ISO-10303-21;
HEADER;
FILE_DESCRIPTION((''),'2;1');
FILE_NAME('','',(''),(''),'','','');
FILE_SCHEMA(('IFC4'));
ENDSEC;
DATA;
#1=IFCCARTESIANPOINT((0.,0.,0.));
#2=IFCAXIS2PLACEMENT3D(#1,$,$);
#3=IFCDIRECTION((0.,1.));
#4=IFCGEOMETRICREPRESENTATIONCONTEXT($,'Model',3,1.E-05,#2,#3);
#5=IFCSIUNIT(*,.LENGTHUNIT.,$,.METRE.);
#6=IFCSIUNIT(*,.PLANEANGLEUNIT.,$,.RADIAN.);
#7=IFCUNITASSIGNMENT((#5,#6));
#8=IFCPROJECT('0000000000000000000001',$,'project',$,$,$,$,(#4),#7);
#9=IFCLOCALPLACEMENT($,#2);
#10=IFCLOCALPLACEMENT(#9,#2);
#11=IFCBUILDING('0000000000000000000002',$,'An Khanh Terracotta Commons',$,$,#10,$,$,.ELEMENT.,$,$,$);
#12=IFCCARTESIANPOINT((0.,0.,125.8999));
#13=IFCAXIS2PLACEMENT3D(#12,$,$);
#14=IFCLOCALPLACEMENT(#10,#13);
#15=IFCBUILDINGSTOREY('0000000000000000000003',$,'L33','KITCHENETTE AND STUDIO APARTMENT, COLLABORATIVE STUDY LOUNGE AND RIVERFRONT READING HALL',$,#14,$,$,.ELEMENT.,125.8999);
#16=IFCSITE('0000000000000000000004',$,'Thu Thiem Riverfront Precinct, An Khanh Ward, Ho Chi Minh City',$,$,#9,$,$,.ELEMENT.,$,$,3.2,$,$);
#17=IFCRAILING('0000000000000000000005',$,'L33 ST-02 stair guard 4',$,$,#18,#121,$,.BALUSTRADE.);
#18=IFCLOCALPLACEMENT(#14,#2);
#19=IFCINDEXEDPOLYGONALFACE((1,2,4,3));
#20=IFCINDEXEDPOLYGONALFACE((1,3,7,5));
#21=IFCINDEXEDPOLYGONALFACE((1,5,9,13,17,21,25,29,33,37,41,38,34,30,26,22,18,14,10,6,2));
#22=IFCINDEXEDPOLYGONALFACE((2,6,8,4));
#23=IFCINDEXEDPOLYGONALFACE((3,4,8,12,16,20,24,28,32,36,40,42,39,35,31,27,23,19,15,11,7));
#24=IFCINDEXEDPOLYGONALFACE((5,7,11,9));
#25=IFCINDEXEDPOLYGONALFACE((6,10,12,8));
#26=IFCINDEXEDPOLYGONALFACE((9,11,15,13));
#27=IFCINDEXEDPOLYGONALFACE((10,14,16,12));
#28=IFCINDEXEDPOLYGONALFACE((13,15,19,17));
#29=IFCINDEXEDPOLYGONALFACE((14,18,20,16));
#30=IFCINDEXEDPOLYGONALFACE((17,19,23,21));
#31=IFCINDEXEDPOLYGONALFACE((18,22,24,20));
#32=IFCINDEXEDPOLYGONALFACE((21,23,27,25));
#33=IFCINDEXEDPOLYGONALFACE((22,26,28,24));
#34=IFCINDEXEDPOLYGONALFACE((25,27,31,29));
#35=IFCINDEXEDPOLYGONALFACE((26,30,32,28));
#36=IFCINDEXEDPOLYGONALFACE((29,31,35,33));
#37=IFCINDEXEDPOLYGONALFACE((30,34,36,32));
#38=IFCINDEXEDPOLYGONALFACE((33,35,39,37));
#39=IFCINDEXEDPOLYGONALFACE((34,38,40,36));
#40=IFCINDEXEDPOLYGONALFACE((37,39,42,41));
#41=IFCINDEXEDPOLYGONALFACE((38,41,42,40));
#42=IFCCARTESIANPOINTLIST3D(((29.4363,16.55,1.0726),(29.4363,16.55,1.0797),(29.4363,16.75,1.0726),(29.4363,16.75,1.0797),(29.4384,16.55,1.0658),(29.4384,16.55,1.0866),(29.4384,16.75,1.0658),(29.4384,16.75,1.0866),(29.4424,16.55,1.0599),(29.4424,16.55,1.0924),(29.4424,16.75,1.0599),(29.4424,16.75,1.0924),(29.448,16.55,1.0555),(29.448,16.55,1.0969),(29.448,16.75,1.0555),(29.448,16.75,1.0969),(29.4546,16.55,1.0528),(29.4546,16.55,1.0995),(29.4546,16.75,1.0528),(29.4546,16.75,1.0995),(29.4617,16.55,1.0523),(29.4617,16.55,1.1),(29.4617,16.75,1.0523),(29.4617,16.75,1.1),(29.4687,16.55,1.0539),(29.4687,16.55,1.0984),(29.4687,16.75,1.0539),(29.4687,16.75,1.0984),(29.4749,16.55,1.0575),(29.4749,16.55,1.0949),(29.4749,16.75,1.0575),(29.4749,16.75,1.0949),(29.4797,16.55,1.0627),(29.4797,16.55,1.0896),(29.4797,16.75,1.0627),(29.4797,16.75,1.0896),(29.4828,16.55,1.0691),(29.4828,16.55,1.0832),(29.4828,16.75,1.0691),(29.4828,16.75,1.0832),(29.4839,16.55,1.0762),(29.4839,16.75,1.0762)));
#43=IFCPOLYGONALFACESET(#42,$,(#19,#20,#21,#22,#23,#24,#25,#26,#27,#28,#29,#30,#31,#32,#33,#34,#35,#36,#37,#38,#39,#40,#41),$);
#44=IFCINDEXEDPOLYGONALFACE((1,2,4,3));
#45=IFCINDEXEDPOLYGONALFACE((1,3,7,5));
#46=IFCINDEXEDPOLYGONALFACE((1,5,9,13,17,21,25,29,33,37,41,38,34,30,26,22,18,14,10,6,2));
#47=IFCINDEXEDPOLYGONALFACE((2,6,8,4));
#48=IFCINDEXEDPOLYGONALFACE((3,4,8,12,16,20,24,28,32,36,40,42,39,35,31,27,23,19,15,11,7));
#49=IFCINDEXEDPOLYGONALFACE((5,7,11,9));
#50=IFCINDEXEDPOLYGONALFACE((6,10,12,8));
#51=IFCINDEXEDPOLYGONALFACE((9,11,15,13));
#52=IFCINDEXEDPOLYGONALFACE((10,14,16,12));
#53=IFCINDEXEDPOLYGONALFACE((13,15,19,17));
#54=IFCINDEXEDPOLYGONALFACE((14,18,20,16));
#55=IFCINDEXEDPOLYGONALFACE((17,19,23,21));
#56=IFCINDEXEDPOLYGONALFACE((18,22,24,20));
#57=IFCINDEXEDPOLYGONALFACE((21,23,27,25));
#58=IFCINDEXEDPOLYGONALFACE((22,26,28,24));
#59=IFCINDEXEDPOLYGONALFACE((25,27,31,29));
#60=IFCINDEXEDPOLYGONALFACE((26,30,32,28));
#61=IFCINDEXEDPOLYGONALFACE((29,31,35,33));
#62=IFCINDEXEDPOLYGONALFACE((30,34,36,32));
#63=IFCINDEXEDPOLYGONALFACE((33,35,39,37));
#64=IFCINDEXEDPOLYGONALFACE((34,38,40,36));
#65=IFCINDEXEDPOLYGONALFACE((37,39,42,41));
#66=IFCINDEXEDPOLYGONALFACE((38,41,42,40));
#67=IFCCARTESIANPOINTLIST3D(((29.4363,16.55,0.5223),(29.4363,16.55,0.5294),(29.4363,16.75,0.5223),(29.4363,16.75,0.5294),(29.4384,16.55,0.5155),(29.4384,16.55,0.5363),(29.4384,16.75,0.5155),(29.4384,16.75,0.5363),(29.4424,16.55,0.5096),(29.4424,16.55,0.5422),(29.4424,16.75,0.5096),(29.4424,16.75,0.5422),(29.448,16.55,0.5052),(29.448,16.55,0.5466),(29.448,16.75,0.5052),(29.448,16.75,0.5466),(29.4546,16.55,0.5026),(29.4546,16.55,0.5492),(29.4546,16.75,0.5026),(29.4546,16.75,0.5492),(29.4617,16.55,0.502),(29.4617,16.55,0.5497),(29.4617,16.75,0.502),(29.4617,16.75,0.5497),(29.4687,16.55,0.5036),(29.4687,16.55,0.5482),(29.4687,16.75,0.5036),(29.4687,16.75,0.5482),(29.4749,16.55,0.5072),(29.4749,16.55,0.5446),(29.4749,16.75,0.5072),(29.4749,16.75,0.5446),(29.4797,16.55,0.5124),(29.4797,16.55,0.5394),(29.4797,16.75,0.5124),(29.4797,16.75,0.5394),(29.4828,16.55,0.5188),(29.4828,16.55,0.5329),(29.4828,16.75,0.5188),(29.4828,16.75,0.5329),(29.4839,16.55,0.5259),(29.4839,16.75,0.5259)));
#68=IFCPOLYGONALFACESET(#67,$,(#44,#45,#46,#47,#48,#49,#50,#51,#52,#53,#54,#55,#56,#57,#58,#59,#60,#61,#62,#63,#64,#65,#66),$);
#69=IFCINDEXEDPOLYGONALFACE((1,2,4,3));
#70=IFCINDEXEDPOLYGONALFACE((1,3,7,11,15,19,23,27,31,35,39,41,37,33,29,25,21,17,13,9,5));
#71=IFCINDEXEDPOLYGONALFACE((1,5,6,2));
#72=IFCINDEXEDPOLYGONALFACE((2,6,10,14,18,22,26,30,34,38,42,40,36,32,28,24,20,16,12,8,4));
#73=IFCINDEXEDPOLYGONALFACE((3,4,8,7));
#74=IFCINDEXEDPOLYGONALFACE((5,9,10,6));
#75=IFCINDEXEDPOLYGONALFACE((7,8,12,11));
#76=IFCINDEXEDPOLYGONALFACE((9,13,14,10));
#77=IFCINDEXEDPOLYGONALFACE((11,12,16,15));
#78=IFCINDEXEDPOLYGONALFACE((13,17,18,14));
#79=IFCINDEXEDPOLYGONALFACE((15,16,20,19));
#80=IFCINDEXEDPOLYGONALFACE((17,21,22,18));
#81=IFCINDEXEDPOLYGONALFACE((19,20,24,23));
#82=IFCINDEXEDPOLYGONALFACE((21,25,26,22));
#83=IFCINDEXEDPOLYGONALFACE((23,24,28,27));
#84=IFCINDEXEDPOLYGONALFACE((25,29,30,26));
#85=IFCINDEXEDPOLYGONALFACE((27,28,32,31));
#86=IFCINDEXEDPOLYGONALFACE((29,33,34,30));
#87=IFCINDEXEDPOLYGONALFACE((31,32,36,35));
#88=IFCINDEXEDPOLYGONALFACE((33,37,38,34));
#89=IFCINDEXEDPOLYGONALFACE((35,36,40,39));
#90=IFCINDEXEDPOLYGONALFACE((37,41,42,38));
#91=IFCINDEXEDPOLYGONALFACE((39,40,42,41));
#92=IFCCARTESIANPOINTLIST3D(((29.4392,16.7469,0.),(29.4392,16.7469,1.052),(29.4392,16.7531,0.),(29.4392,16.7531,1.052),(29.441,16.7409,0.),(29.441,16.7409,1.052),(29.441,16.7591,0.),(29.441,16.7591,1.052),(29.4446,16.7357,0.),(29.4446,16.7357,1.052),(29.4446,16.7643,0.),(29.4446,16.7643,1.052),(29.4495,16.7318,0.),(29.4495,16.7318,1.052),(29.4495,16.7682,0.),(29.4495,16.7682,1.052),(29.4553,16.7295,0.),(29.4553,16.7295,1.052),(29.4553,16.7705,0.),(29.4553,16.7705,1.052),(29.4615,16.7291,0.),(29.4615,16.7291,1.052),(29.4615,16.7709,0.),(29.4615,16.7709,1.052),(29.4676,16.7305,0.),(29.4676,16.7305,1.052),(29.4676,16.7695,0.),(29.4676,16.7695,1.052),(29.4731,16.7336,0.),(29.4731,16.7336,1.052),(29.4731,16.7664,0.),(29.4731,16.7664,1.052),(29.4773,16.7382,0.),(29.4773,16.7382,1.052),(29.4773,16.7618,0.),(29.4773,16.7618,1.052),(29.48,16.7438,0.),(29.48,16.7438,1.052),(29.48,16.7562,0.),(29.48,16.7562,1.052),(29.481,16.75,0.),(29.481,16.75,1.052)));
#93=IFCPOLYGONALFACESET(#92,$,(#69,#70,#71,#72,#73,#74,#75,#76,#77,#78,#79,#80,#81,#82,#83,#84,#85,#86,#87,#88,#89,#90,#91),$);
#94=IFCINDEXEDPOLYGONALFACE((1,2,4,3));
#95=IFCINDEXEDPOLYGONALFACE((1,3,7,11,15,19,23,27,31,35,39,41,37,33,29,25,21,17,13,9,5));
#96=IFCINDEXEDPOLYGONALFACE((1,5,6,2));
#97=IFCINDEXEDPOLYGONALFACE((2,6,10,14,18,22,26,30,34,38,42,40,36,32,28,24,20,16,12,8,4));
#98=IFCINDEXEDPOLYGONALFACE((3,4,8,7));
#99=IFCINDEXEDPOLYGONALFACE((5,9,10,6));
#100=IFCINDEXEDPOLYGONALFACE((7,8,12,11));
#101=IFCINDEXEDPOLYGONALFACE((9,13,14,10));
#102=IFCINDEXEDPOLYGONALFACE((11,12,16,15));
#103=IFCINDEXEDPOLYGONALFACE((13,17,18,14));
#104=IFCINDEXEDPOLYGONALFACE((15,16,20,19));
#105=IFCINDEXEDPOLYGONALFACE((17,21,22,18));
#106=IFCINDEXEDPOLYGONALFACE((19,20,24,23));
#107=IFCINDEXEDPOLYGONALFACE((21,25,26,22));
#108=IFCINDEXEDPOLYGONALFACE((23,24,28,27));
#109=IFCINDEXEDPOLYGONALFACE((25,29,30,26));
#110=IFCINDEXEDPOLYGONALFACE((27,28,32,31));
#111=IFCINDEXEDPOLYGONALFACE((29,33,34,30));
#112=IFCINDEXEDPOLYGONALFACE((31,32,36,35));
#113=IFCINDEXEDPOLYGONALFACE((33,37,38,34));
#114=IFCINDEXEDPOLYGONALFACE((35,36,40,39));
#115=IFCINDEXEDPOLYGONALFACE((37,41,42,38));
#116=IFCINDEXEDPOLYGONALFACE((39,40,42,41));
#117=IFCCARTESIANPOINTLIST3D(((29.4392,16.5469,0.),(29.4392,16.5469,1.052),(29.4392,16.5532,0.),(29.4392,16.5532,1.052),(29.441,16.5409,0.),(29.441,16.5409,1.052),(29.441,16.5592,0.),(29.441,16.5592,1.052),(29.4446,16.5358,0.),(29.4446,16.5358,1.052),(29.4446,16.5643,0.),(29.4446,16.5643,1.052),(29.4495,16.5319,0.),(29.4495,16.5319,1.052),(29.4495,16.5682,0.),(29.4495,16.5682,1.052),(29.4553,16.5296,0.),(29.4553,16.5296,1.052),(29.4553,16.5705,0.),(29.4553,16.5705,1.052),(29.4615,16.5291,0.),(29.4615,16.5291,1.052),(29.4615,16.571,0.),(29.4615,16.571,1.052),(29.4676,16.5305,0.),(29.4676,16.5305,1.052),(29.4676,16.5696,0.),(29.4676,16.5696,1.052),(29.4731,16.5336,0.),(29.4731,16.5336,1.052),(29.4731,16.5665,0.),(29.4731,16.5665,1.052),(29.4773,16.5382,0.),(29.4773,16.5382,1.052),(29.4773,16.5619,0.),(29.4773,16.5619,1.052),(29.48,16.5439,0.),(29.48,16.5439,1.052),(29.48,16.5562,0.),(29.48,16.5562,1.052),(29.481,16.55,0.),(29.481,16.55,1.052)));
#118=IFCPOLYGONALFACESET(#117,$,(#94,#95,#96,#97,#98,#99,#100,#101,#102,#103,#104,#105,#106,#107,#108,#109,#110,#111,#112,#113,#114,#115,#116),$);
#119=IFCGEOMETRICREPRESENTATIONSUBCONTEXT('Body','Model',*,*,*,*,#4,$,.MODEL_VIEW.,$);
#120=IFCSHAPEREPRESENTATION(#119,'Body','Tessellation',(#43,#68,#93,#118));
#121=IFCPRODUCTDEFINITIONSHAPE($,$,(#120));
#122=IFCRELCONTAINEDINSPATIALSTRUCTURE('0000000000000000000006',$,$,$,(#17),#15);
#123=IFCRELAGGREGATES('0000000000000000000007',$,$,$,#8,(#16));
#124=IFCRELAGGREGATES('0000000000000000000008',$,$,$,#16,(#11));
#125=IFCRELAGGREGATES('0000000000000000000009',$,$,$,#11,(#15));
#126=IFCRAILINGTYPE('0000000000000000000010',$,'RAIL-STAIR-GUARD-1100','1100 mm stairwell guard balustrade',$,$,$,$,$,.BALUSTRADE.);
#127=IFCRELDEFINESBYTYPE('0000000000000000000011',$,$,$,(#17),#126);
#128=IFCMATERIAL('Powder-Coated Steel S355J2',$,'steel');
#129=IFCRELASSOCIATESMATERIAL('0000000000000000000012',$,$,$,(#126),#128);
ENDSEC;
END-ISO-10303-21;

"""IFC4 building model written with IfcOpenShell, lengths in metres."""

from ifc_helpers import new_model, si_unit, direction, frame, origin, origin_2d, place, context, subcontext, project, spatial, circle, extrude, material, type_object, element, save


model = new_model("IFC4")

# Units and contexts
model_context = context("Model", 3, precision=1e-05, world=origin(), true_north=direction((0.0, 1.0)))
body_context = subcontext(model_context, "Body", "Model", "MODEL_VIEW")
ifc_project = project(units=[si_unit("LENGTHUNIT", "METRE"), si_unit("PLANEANGLEUNIT", "RADIAN")], contexts=[model_context])

# Site, building, storey
site_placement = place(None, origin())
site = spatial("IfcSite", under=ifc_project, at=site_placement, Name="Thu Thiem Riverfront Precinct, An Khanh Ward, Ho Chi Minh City", CompositionType="ELEMENT", RefElevation=3.2)
building_placement = place(site_placement, origin())
building = spatial("IfcBuilding", under=site, at=building_placement, Name="An Khanh Terracotta Commons", CompositionType="ELEMENT")
storey_placement = place(building_placement, frame((0.0, 0.0, 125.8999)))
storey = spatial("IfcBuildingStorey", under=building, at=storey_placement, Name="L33", Description="KITCHENETTE AND STUDIO APARTMENT, COLLABORATIVE STUDY LOUNGE AND RIVERFRONT READING HALL", CompositionType="ELEMENT", Elevation=125.8999)

# Railing
ifc_material_1 = material(Name="Powder-Coated Steel S355J2", Category="steel")
railing_type_1 = type_object("IfcRailingType", Name="RAIL-STAIR-GUARD-1100", Description="1100 mm stairwell guard balustrade", PredefinedType="BALUSTRADE", material=ifc_material_1)
railing_1_placement = place(storey_placement, frame((29.46, 16.75, 0.0)))
element("IfcRailing", 1, at=railing_1_placement, inside=storey, type_object=railing_type_1, Name="L33 ST-02 stair guard 4", PredefinedType="BALUSTRADE", context=body_context, shape_type="SweptSolid", body=[
    extrude(circle(Radius=0.0239, at=origin_2d()), frame((0.0, 0.0, 1.0762), z_axis=(0.0, -1.0, 0.0), x_axis=(1.0, 0.0, 0.0)), (0.0, 0.0, 1.0), 0.2),
    extrude(circle(Radius=0.0239, at=origin_2d()), frame((0.0, 0.0, 0.5259), z_axis=(0.0, -1.0, 0.0), x_axis=(1.0, 0.0, 0.0)), (0.0, 0.0, 1.0), 0.2),
    extrude(circle(Radius=0.021, at=origin_2d()), origin(), (0.0, 0.0, 1.0), 1.052),
    extrude(circle(Radius=0.021, at=origin_2d()), frame((0.0, -0.2, 0.0)), (0.0, 0.0, 1.0), 1.052),
])

save(model, "model.ifc")
